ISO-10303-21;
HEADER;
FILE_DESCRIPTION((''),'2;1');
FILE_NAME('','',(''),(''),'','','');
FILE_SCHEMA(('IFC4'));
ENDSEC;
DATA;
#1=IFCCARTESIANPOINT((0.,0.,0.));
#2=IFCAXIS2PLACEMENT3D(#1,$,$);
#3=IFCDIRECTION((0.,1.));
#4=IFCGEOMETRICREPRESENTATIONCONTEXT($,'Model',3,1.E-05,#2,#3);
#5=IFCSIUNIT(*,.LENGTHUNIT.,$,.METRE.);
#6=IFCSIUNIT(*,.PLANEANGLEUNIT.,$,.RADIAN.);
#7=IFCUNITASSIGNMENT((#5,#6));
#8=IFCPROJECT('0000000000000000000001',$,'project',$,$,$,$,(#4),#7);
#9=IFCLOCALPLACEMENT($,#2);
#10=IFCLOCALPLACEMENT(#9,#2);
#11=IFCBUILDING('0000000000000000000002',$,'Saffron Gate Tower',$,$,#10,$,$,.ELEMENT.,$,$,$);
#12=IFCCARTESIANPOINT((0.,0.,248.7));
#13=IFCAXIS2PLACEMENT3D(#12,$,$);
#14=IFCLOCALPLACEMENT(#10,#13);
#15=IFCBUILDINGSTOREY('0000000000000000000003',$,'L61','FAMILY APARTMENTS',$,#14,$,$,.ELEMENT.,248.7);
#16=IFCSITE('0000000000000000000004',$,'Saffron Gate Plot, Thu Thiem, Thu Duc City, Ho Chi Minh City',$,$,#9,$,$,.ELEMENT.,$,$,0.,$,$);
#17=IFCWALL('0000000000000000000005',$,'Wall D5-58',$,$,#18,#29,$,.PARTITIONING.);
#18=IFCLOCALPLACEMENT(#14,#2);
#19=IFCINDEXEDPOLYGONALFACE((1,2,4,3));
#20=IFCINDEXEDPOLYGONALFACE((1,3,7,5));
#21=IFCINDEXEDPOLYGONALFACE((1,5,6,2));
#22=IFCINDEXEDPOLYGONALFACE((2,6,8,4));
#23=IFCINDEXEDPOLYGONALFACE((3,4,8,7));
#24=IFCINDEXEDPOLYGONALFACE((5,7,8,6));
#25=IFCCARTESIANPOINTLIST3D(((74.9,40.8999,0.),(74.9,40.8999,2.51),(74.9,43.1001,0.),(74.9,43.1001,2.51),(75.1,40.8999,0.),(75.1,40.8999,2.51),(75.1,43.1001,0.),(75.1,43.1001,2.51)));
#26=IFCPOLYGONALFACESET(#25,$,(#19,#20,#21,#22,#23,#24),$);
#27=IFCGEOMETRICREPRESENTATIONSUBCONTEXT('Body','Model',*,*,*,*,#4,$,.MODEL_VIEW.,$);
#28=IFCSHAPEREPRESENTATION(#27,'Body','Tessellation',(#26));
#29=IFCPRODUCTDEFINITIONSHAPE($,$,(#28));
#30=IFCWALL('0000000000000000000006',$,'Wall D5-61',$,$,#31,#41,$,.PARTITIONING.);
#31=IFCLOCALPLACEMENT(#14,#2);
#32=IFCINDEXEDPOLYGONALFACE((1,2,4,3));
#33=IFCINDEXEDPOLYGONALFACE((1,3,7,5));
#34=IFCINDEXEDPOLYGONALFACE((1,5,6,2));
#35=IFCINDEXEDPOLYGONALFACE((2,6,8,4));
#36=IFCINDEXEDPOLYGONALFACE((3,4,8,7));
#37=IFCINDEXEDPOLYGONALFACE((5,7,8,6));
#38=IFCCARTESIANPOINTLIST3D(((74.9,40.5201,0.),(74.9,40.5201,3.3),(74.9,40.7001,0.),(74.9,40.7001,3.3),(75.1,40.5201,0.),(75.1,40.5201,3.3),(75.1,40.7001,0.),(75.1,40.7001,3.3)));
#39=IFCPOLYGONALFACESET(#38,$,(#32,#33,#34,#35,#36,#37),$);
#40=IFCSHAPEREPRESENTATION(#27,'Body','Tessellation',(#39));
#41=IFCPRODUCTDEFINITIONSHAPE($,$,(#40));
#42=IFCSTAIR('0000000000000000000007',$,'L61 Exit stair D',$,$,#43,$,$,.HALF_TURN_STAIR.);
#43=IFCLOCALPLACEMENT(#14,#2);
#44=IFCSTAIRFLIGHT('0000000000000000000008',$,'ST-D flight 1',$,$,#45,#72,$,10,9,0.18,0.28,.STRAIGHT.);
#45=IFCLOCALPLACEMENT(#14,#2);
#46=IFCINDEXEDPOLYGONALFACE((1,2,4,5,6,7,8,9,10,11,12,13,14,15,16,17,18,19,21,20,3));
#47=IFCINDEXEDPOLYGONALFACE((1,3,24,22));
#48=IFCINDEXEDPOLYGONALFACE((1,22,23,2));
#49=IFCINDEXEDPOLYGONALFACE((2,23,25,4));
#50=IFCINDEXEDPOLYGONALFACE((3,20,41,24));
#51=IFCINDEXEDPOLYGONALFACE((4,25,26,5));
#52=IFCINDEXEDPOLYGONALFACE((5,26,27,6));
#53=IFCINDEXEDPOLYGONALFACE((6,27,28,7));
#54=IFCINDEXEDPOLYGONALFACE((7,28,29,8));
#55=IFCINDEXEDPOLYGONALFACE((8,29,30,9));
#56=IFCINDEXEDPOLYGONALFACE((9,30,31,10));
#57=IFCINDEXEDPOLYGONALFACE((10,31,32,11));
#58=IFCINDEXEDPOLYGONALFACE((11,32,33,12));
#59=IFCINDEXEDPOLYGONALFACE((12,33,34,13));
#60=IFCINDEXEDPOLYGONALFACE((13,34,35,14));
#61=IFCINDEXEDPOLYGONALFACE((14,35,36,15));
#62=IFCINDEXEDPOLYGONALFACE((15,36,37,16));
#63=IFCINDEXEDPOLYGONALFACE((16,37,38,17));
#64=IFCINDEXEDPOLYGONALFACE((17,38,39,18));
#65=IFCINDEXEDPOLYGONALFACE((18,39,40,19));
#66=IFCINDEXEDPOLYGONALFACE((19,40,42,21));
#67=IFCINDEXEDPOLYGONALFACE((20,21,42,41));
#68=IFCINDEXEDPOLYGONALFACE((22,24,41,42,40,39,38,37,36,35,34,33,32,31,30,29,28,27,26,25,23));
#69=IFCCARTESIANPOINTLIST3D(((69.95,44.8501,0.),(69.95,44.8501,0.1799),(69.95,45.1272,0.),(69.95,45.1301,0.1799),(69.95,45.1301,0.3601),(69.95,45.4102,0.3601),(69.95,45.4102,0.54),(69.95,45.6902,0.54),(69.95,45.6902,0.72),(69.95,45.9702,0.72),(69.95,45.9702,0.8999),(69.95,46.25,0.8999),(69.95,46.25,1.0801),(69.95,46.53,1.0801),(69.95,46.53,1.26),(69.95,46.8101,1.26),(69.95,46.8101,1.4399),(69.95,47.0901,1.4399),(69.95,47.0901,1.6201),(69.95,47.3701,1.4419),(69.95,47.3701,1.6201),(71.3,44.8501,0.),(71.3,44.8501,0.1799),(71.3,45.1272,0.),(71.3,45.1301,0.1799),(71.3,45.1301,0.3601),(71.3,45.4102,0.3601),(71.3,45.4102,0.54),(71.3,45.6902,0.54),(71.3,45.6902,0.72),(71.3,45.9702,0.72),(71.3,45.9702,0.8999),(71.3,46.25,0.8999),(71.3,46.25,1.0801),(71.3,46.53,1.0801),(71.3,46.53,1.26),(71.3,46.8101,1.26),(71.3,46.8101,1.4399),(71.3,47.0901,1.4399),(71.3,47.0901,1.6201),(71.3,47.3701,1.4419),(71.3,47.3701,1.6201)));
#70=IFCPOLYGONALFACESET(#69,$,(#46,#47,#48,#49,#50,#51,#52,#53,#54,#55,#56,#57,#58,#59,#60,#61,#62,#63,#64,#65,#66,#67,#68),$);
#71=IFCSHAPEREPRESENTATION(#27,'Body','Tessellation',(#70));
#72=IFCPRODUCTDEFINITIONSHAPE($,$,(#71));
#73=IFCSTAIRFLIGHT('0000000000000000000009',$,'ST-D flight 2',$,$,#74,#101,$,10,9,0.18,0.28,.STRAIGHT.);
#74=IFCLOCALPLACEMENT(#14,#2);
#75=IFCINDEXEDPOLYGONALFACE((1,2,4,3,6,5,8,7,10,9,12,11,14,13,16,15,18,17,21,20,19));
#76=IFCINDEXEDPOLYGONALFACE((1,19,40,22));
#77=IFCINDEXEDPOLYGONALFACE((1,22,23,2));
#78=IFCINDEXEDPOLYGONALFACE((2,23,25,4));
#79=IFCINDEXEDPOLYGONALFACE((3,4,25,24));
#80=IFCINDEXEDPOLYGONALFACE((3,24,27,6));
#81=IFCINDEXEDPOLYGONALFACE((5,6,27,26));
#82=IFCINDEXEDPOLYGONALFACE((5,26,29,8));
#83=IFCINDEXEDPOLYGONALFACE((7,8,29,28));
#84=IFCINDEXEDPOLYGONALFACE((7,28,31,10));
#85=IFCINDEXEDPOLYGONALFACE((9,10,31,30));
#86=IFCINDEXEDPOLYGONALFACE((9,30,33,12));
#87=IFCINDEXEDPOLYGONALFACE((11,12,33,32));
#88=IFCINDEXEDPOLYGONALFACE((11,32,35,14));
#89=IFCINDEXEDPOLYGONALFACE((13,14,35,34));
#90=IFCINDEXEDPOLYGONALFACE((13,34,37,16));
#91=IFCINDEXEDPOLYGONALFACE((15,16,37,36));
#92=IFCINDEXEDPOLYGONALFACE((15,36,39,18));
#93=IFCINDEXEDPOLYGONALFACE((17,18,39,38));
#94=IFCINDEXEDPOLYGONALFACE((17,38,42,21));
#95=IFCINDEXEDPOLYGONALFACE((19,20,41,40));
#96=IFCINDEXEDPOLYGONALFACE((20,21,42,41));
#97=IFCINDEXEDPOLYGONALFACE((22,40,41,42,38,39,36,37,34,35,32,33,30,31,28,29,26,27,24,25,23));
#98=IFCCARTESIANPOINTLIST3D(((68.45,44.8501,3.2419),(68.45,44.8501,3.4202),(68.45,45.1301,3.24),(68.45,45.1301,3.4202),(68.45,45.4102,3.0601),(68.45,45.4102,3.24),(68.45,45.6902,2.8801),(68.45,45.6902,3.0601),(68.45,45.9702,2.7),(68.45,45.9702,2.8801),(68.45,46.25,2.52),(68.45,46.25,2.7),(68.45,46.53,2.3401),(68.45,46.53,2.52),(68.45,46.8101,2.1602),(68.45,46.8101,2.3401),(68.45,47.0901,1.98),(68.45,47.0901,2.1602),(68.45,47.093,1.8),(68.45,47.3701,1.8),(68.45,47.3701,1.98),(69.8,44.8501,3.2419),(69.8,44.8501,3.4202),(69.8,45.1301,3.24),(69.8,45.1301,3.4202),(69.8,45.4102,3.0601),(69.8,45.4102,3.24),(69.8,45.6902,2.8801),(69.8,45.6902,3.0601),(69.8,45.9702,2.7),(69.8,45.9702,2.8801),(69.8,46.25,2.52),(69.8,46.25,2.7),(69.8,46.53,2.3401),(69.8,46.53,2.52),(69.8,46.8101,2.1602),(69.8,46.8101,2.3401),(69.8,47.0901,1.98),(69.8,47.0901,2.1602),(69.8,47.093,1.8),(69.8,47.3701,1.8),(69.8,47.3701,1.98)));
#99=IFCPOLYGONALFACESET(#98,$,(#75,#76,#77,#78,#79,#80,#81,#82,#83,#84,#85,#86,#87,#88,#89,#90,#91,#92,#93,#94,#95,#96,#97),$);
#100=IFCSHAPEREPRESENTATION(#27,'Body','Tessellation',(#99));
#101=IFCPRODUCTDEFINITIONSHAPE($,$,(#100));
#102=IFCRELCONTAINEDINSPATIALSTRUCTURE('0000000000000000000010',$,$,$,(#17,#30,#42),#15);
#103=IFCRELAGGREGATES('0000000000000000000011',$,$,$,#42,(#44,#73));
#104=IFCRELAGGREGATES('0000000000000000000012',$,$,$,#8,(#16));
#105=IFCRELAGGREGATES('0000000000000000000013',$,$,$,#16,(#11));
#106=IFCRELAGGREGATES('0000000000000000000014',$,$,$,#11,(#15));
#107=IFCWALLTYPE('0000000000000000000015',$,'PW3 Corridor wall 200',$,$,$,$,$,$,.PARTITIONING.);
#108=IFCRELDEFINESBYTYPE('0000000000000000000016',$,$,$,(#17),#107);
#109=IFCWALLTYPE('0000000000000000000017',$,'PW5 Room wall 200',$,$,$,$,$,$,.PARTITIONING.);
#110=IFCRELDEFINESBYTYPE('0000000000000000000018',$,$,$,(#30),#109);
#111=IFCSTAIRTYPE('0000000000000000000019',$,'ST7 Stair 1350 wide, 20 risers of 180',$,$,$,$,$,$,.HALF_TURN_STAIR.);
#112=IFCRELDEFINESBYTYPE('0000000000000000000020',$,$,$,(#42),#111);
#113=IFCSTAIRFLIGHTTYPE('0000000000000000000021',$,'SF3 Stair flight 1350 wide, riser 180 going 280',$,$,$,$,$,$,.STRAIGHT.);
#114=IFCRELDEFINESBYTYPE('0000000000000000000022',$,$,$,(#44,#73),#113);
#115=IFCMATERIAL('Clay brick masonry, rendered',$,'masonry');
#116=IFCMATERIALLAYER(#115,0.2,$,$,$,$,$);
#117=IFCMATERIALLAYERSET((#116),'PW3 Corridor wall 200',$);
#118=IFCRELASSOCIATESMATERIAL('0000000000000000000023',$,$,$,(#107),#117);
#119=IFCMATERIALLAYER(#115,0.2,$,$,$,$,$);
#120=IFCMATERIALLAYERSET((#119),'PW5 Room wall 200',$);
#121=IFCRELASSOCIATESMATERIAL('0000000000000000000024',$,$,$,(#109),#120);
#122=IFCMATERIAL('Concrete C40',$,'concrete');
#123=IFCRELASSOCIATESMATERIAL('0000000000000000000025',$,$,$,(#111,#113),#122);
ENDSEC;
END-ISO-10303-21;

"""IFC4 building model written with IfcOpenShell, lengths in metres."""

from ifc_helpers import new_model, si_unit, direction, frame, frame_2d, origin, place, context, subcontext, project, spatial, polyline, rectangle, outline, extrude, material, layer, layer_set, type_object, element, aggregate, save


model = new_model("IFC4")

# Units and contexts
model_context = context("Model", 3, precision=1e-05, world=origin(), true_north=direction((0.0, 1.0)))
body_context = subcontext(model_context, "Body", "Model", "MODEL_VIEW")
ifc_project = project(units=[si_unit("LENGTHUNIT", "METRE"), si_unit("PLANEANGLEUNIT", "RADIAN")], contexts=[model_context])

# Site, building, storey
site_placement = place(None, origin())
site = spatial("IfcSite", under=ifc_project, at=site_placement, Name="Saffron Gate Plot, Thu Thiem, Thu Duc City, Ho Chi Minh City", CompositionType="ELEMENT", RefElevation=0.0)
building_placement = place(site_placement, origin())
building = spatial("IfcBuilding", under=site, at=building_placement, Name="Saffron Gate Tower", CompositionType="ELEMENT")
storey_placement = place(building_placement, frame((0.0, 0.0, 248.7)))
storey = spatial("IfcBuildingStorey", under=building, at=storey_placement, Name="L61", Description="FAMILY APARTMENTS", CompositionType="ELEMENT", Elevation=248.7)

# Shared definitions
ifc_material_1 = material(Name="Clay brick masonry, rendered", Category="masonry")
ifc_layer_1 = layer(ifc_material_1, 0.2)
ifc_layer_set_1 = layer_set([ifc_layer_1], Name="PW3 Corridor wall 200")
wall_type_1 = type_object("IfcWallType", Name="PW3 Corridor wall 200", PredefinedType="PARTITIONING", material=ifc_layer_set_1)

# Walls
wall_1_placement = place(storey_placement, frame((75.0, 43.1001, 0.0), z_axis=(0.0, 0.0, 1.0), x_axis=(0.0, -1.0, 0.0)))
element("IfcWall", 1, at=wall_1_placement, inside=storey, type_object=wall_type_1, Name="Wall D5-58", PredefinedType="PARTITIONING", context=body_context, shape_type="SweptSolid", body=[
    extrude(rectangle(XDim=2.2002, YDim=0.2, at=frame_2d((1.1001, 0.0))), origin(), (0.0, 0.0, 1.0), 2.51),
])
ifc_layer_2 = layer(ifc_material_1, 0.2)
ifc_layer_set_2 = layer_set([ifc_layer_2], Name="PW5 Room wall 200")
wall_type_2 = type_object("IfcWallType", Name="PW5 Room wall 200", PredefinedType="PARTITIONING", material=ifc_layer_set_2)
wall_2_placement = place(storey_placement, frame((75.0, 40.7, 0.0), z_axis=(0.0, 0.0, 1.0), x_axis=(0.0, -1.0, 0.0)))
element("IfcWall", 2, at=wall_2_placement, inside=storey, type_object=wall_type_2, Name="Wall D5-61", PredefinedType="PARTITIONING", context=body_context, shape_type="SweptSolid", body=[
    extrude(rectangle(XDim=0.1799, YDim=0.2, at=frame_2d((0.0898, 0.0))), origin(), (0.0, 0.0, 1.0), 3.3),
])

# Stair, stair flights
ifc_material_2 = material(Name="Concrete C40", Category="concrete")
stair_type = type_object("IfcStairType", Name="ST7 Stair 1350 wide, 20 risers of 180", PredefinedType="HALF_TURN_STAIR", material=ifc_material_2)
stair_placement = place(storey_placement, origin())
stair = element("IfcStair", 3, at=stair_placement, inside=storey, type_object=stair_type, Name="L61 Exit stair D", PredefinedType="HALF_TURN_STAIR")
stair_flight_type = type_object("IfcStairFlightType", Name="SF3 Stair flight 1350 wide, riser 180 going 280", PredefinedType="STRAIGHT", material=ifc_material_2)
stair_flight_1_placement = place(storey_placement, frame((70.625, 44.8501, 0.0), z_axis=(0.0, 0.0, 1.0), x_axis=(0.0, 1.0, 0.0)))
stair_flight_1 = element("IfcStairFlight", 4, at=stair_flight_1_placement, type_object=stair_flight_type, Name="ST-D flight 1", NumberOfRisers=10, NumberOfTreads=9, PredefinedType="STRAIGHT", RiserHeight=0.18, TreadLength=0.28, context=body_context, shape_type="SweptSolid", body=[
    extrude(outline(polyline([(0.0, 0.0), (0.0, 0.1799), (0.28, 0.1799), (0.28, 0.3601), (0.5601, 0.3601), (0.5601, 0.54), (0.8401, 0.54), (0.8401, 0.72), (1.1201, 0.72), (1.1201, 0.8999), (1.3999, 0.8999), (1.3999, 1.0801), (1.6799, 1.0801), (1.6799, 1.26), (1.96, 1.26), (1.96, 1.4399), (2.24, 1.4399), (2.24, 1.6201), (2.52, 1.6201), (2.52, 1.8), (2.52, 1.4419), (0.2771, 0.0), (0.0, 0.0)])), frame((0.0, 0.675, 0.0), z_axis=(0.0, -1.0, 0.0), x_axis=(1.0, 0.0, 0.0)), (0.0, 0.0, 1.0), 1.3501),
])
stair_flight_2_placement = place(storey_placement, frame((69.125, 47.3701, 1.8), z_axis=(0.0, 0.0, 1.0), x_axis=(0.0, -1.0, 0.0)))
stair_flight_2 = element("IfcStairFlight", 5, at=stair_flight_2_placement, type_object=stair_flight_type, Name="ST-D flight 2", NumberOfRisers=10, NumberOfTreads=9, PredefinedType="STRAIGHT", RiserHeight=0.18, TreadLength=0.28, context=body_context, shape_type="SweptSolid", body=[
    extrude(outline(polyline([(0.0, 0.0), (0.0, 0.1799), (0.28, 0.1799), (0.28, 0.3601), (0.5601, 0.3601), (0.5601, 0.54), (0.8401, 0.54), (0.8401, 0.72), (1.1201, 0.72), (1.1201, 0.8999), (1.3999, 0.8999), (1.3999, 1.0801), (1.6799, 1.0801), (1.6799, 1.26), (1.96, 1.26), (1.96, 1.4399), (2.24, 1.4399), (2.24, 1.6201), (2.52, 1.6201), (2.52, 1.8), (2.52, 1.4419), (0.2771, 0.0), (0.0, 0.0)])), frame((0.0, 0.675, 0.0), z_axis=(0.0, -1.0, 0.0), x_axis=(1.0, 0.0, 0.0)), (0.0, 0.0, 1.0), 1.3501),
])
aggregate(stair, [stair_flight_1, stair_flight_2])

save(model, "model.ifc")
